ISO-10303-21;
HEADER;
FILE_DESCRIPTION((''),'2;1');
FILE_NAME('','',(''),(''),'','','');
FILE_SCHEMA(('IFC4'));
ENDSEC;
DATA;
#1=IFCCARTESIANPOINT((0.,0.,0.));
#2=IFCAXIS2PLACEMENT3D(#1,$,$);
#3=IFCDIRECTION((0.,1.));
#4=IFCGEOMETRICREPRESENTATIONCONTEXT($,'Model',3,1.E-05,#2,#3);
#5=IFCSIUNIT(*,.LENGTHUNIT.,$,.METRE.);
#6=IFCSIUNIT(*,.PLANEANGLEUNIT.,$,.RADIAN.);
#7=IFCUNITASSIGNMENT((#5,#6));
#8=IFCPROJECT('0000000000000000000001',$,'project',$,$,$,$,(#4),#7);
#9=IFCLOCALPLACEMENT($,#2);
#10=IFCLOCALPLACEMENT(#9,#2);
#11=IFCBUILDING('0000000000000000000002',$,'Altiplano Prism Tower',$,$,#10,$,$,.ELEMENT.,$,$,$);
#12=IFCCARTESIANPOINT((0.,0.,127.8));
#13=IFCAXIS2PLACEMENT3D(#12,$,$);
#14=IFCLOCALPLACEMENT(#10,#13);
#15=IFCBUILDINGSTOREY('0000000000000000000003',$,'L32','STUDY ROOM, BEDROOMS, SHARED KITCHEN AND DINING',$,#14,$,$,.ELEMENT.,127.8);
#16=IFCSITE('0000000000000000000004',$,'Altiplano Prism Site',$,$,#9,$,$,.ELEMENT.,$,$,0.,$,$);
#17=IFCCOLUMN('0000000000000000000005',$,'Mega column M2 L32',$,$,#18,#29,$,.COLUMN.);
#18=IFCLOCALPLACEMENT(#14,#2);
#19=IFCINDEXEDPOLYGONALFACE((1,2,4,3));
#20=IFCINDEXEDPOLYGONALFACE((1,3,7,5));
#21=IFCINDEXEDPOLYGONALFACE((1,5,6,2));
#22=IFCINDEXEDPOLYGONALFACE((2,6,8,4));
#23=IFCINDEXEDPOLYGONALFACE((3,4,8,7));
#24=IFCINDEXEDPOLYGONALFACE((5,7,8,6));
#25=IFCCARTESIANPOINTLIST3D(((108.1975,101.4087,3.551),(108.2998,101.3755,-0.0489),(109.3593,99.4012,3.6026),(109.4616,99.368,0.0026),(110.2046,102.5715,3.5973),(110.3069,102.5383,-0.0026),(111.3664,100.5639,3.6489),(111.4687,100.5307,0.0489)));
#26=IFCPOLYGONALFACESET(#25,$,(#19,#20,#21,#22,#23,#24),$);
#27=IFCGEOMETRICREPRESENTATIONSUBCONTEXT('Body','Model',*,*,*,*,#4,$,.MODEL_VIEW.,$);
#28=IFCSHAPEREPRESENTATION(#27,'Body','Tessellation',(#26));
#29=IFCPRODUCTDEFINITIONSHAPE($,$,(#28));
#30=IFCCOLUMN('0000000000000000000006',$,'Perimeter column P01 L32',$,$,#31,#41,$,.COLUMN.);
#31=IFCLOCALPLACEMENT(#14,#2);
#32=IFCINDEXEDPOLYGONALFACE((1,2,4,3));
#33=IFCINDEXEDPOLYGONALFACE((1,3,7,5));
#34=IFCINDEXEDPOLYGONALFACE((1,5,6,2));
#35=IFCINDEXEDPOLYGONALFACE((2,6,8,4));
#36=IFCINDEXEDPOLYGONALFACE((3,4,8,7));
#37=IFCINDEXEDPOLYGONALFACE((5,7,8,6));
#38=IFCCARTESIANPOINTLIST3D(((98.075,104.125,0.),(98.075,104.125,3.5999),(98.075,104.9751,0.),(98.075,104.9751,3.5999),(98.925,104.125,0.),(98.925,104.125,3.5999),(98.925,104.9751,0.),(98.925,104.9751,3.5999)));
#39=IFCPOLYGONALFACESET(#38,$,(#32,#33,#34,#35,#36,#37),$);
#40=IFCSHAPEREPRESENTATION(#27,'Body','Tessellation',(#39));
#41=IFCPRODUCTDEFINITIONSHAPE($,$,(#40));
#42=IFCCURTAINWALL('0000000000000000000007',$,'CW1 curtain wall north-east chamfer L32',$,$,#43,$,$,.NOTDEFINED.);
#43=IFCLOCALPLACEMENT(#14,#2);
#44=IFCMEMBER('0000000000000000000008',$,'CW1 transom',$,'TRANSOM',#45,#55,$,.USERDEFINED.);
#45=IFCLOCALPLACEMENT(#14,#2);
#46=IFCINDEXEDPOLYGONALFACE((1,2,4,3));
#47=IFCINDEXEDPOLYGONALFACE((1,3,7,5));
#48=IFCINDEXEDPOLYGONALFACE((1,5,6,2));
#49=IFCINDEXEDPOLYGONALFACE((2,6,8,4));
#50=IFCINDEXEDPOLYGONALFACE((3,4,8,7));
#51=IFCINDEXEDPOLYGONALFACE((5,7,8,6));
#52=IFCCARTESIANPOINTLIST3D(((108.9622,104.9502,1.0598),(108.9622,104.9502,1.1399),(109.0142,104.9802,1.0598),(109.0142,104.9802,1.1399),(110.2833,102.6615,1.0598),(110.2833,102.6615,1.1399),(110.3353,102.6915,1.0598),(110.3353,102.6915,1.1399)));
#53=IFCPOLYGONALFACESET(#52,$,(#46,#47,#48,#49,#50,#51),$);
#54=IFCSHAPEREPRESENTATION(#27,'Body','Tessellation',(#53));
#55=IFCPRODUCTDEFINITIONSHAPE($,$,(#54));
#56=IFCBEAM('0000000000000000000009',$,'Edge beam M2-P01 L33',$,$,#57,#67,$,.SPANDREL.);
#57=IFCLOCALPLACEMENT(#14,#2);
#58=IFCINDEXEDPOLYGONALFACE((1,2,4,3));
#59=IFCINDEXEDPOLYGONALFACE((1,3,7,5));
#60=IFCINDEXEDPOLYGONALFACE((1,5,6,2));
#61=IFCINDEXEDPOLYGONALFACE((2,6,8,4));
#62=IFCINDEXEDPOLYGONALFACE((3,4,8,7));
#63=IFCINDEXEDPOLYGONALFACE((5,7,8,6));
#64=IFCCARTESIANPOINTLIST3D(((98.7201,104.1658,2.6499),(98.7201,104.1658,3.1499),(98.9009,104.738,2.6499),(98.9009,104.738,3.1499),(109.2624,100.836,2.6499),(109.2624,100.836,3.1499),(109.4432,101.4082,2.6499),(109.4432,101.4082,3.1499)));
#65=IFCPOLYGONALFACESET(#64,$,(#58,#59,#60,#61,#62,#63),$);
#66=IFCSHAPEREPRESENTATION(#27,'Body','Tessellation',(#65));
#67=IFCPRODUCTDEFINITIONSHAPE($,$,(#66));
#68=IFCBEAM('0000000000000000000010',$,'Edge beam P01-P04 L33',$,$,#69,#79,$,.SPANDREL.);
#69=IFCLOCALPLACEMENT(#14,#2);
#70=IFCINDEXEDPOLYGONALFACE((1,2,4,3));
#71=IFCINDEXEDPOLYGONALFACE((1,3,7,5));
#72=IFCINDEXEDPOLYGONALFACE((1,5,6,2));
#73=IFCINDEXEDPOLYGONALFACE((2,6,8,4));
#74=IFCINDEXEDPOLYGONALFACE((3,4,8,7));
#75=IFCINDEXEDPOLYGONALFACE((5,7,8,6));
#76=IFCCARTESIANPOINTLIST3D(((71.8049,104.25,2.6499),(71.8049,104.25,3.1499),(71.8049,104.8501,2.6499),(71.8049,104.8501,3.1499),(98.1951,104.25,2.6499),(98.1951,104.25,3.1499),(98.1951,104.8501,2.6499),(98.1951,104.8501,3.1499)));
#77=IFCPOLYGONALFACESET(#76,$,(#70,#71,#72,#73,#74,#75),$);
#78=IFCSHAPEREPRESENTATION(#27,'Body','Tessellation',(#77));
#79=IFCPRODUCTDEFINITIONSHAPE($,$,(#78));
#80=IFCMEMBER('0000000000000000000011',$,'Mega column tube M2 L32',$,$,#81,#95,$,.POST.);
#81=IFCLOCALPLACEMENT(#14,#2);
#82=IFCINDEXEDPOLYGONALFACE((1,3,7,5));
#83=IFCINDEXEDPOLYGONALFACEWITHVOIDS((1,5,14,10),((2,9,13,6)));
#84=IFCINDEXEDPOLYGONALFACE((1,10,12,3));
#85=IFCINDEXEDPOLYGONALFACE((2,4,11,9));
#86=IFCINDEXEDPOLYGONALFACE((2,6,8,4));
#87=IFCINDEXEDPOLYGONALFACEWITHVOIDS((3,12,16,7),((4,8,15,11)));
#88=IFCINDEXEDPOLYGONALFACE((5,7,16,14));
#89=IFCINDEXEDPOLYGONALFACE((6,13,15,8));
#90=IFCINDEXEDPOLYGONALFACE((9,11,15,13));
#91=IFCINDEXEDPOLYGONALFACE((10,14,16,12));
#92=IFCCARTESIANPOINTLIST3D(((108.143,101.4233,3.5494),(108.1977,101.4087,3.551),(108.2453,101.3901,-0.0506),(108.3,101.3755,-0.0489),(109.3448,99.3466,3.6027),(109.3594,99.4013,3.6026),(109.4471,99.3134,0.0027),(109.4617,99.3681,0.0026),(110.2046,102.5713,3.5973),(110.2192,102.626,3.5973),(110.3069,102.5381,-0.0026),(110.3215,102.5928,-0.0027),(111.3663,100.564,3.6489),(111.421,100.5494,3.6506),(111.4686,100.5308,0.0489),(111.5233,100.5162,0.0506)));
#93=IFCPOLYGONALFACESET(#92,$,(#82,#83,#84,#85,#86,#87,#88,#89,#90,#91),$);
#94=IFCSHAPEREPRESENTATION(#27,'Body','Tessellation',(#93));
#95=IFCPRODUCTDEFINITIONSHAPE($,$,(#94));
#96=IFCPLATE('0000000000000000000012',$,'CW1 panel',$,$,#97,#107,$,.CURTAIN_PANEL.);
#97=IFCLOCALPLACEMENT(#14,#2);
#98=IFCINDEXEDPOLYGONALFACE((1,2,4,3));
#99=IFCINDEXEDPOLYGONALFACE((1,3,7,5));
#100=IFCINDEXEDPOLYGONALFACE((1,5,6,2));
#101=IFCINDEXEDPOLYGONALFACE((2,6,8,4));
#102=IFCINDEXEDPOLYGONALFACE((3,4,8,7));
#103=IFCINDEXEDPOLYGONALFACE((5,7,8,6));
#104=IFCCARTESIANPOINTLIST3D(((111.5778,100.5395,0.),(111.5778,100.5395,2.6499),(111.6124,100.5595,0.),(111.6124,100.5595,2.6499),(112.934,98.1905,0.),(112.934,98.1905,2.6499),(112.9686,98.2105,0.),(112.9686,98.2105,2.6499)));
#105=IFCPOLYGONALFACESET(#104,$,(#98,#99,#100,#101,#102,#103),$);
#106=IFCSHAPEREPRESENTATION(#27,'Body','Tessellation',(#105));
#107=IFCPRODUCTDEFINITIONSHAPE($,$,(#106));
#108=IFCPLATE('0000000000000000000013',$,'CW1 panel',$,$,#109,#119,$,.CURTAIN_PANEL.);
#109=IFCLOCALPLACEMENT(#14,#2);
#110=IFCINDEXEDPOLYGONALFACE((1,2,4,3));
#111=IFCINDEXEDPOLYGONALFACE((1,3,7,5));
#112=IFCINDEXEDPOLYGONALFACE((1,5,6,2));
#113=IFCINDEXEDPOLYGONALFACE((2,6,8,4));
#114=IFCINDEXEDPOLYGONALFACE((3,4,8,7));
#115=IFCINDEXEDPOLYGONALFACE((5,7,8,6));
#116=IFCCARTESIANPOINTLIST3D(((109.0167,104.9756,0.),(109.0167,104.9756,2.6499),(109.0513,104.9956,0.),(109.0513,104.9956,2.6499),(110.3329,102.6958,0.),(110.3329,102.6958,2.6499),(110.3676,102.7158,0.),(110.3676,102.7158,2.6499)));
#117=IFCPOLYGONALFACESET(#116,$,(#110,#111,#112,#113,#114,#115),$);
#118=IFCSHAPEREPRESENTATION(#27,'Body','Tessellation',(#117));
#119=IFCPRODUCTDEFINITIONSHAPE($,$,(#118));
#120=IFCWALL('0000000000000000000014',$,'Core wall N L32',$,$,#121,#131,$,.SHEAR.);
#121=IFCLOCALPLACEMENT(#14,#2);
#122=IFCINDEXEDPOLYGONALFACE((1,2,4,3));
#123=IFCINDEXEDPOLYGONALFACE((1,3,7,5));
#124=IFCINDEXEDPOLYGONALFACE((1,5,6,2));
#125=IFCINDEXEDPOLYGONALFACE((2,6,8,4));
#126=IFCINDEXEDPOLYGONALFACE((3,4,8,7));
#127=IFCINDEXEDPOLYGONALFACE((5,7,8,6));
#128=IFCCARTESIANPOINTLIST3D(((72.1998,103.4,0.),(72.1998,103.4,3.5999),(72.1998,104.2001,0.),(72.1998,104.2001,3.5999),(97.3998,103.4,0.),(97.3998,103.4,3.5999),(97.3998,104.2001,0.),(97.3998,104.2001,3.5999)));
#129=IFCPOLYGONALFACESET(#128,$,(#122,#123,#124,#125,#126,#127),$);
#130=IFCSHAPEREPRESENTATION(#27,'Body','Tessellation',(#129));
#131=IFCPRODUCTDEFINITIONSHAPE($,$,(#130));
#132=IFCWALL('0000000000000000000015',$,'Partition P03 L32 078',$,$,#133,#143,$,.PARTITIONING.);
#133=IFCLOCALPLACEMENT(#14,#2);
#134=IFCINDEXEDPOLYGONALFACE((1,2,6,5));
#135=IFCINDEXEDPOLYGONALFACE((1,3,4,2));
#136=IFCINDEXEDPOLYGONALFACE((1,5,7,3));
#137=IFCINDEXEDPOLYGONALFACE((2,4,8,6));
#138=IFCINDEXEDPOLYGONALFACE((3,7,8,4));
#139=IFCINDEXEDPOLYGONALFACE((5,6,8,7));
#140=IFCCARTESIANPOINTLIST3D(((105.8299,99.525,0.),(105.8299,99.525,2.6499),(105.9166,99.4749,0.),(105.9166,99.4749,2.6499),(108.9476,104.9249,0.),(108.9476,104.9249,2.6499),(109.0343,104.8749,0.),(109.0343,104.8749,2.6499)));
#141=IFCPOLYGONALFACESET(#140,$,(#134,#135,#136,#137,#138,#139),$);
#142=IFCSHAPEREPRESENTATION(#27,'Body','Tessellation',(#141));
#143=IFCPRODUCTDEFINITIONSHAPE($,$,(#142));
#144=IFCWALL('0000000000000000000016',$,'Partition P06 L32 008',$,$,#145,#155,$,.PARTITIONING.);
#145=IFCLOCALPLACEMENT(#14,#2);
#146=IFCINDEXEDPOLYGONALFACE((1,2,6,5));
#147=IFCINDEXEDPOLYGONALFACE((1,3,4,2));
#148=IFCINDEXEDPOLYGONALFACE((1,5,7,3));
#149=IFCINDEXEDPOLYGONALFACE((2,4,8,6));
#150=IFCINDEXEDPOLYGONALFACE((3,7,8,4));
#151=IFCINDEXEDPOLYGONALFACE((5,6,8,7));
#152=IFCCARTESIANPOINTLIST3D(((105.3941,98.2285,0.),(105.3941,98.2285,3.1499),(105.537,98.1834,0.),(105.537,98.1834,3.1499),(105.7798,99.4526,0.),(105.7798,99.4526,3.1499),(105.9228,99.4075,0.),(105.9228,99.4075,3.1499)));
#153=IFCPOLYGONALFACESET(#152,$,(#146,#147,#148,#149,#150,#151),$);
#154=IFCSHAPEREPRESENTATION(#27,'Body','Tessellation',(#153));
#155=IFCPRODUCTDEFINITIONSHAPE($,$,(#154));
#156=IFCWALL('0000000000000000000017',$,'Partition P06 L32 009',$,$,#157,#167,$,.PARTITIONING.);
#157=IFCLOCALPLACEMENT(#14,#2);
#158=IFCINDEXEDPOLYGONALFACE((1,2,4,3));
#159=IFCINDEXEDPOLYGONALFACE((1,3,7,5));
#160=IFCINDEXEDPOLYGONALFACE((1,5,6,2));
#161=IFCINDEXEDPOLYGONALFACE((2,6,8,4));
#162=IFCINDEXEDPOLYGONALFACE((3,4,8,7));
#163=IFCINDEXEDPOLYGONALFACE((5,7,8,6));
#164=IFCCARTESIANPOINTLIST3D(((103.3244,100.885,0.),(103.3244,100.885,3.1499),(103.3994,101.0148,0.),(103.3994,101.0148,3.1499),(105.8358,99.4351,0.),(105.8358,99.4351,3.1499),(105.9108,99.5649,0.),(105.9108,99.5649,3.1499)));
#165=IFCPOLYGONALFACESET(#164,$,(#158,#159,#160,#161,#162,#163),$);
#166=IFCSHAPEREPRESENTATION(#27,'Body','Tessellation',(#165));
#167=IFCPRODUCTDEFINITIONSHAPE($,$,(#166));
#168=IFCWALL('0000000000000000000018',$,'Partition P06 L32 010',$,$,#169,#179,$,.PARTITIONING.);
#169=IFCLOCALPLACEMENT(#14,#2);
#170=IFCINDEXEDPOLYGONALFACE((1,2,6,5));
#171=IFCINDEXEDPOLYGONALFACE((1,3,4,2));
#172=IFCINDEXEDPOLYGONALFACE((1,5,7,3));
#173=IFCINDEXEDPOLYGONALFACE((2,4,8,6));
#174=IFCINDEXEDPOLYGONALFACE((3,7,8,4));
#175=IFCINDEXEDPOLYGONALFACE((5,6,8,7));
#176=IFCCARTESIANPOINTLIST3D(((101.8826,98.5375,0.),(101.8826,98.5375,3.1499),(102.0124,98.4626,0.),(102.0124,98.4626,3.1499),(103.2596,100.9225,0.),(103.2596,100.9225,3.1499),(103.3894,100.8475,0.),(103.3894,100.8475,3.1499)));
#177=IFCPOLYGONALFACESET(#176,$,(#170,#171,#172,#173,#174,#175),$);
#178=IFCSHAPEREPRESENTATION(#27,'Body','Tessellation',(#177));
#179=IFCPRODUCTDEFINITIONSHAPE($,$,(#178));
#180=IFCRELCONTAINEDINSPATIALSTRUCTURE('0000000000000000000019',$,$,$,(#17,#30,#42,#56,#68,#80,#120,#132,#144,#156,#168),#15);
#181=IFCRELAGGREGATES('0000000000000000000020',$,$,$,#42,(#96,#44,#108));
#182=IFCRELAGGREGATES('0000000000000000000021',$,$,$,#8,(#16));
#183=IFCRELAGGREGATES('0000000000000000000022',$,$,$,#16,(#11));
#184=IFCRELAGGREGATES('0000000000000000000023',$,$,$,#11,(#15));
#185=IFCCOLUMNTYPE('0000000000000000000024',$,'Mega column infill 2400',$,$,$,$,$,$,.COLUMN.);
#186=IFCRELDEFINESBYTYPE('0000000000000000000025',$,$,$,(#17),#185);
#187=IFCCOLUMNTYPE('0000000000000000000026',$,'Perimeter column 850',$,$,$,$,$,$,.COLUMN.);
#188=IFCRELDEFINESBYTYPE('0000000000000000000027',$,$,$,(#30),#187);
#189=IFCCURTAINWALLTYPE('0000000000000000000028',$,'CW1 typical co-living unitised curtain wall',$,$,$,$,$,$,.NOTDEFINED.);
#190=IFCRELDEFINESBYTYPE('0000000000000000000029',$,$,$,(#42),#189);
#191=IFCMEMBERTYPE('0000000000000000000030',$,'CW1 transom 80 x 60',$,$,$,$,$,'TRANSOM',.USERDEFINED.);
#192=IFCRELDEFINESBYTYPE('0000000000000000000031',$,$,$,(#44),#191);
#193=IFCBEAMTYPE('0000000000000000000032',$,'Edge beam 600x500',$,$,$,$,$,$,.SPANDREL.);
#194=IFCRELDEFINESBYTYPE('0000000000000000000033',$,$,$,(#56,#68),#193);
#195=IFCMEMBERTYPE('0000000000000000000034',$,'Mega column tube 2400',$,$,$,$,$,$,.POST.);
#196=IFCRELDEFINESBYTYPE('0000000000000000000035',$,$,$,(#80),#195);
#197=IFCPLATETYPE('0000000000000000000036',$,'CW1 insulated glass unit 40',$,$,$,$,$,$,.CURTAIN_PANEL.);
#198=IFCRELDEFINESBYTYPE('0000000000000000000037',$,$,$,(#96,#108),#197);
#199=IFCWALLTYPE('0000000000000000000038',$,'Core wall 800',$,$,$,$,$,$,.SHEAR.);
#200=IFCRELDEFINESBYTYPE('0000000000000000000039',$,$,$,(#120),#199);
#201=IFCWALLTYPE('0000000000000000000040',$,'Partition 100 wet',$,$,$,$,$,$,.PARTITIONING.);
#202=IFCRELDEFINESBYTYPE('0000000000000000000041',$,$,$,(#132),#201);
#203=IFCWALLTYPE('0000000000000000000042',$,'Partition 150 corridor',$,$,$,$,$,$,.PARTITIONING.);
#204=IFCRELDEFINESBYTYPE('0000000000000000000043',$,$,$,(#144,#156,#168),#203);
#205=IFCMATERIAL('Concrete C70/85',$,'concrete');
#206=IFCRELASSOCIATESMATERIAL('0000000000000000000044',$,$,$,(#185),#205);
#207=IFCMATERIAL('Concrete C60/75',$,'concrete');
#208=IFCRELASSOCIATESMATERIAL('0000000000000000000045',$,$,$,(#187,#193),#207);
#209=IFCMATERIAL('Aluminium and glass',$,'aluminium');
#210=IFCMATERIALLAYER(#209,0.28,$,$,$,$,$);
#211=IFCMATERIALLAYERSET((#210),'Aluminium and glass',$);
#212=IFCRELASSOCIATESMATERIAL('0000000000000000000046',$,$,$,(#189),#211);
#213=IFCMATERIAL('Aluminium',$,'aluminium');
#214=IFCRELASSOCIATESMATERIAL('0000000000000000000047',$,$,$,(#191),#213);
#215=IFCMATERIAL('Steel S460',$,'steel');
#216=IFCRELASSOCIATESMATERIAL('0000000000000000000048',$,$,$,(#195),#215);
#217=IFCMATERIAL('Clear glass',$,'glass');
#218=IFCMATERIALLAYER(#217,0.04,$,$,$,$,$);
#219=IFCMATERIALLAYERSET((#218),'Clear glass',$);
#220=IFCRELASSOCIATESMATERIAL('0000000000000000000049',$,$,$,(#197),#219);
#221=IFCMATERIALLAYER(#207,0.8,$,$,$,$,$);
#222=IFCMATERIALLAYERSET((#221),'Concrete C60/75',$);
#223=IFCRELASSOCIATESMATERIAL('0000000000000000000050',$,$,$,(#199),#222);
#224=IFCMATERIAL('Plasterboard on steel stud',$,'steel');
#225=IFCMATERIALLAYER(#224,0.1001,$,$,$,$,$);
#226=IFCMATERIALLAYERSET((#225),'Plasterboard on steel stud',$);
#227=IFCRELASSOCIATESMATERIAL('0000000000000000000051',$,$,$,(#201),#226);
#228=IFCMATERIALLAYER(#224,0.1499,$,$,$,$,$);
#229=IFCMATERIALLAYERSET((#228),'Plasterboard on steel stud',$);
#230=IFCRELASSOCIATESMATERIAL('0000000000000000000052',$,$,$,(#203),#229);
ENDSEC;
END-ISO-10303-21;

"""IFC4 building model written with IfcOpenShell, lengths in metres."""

from ifc_helpers import new_model, si_unit, direction, frame, frame_2d, origin, origin_2d, place, context, subcontext, project, spatial, rectangle, hollow_rectangle, extrude, material, layer, layer_set, material_profile, profile_set, type_object, element, aggregate, save


model = new_model("IFC4")

# Units and contexts
model_context = context("Model", 3, precision=1e-05, world=origin(), true_north=direction((0.0, 1.0)))
body_context = subcontext(model_context, "Body", "Model", "MODEL_VIEW")
ifc_project = project(units=[si_unit("LENGTHUNIT", "METRE"), si_unit("PLANEANGLEUNIT", "RADIAN")], contexts=[model_context])

# Site, building, storey
site_placement = place(None, origin())
site = spatial("IfcSite", under=ifc_project, at=site_placement, Name="Altiplano Prism Site", CompositionType="ELEMENT", RefElevation=0.0)
building_placement = place(site_placement, origin())
building = spatial("IfcBuilding", under=site, at=building_placement, Name="Altiplano Prism Tower", CompositionType="ELEMENT")
storey_placement = place(building_placement, frame((0.0, 0.0, 127.8)))
storey = spatial("IfcBuildingStorey", under=building, at=storey_placement, Name="L32", Description="STUDY ROOM, BEDROOMS, SHARED KITCHEN AND DINING", CompositionType="ELEMENT", Elevation=127.8)

# Columns
ifc_material_1 = material(Name="Concrete C70/85", Category="concrete")
ifc_material_profile_1 = material_profile(ifc_material_1, rectangle(XDim=2.3201, YDim=2.3201, at=origin_2d()), Name="Mega column infill 2400")
ifc_profile_set_1 = profile_set([ifc_material_profile_1], Name="Concrete C70/85")
column_type_1 = type_object("IfcColumnType", Name="Mega column infill 2400", PredefinedType="COLUMN", material=ifc_profile_set_1)
column_1_placement = place(storey_placement, frame((109.8843, 100.9531, 0.0), z_axis=(-0.028404, 0.009219, 0.999554), x_axis=(0.500765, -0.865298, 0.022211)))
element("IfcColumn", 1, at=column_1_placement, inside=storey, type_object=column_type_1, Name="Mega column M2 L32", PredefinedType="COLUMN", context=body_context, shape_type="SweptSolid", body=[
    extrude(rectangle(XDim=2.3201, YDim=2.3201, at=origin_2d()), origin(), (0.0, 0.0, 1.0), 3.6016),
])
ifc_material_2 = material(Name="Concrete C60/75", Category="concrete")
ifc_material_profile_2 = material_profile(ifc_material_2, rectangle(XDim=0.8501, YDim=0.8501, at=origin_2d()), Name="Perimeter column 850")
ifc_profile_set_2 = profile_set([ifc_material_profile_2], Name="Concrete C60/75")
column_type_2 = type_object("IfcColumnType", Name="Perimeter column 850", PredefinedType="COLUMN", material=ifc_profile_set_2)
column_2_placement = place(storey_placement, frame((98.5, 104.55, 0.0), z_axis=(0.0, 0.0, 1.0), x_axis=(1.0, 0.0, 0.0)))
element("IfcColumn", 2, at=column_2_placement, inside=storey, type_object=column_type_2, Name="Perimeter column P01 L32", PredefinedType="COLUMN", context=body_context, shape_type="SweptSolid", body=[
    extrude(rectangle(XDim=0.8501, YDim=0.8501, at=origin_2d()), origin(), (0.0, 0.0, 1.0), 3.5999),
])

# Curtain wall, member
ifc_material_3 = material(Name="Aluminium and glass", Category="aluminium")
ifc_layer_1 = layer(ifc_material_3, 0.28)
ifc_layer_set_1 = layer_set([ifc_layer_1], Name="Aluminium and glass")
curtain_wall_type = type_object("IfcCurtainWallType", Name="CW1 typical co-living unitised curtain wall", PredefinedType="NOTDEFINED", material=ifc_layer_set_1)
curtain_wall_placement = place(storey_placement, origin())
curtain_wall = element("IfcCurtainWall", 3, at=curtain_wall_placement, inside=storey, type_object=curtain_wall_type, Name="CW1 curtain wall north-east chamfer L32", PredefinedType="NOTDEFINED")
ifc_material_4 = material(Name="Aluminium", Category="aluminium")
ifc_material_profile_3 = material_profile(ifc_material_4, rectangle(XDim=0.0601, YDim=0.0801, at=origin_2d()), Name="CW1 transom 80 x 60")
ifc_profile_set_3 = profile_set([ifc_material_profile_3], Name="Aluminium")
member_type_1 = type_object("IfcMemberType", Name="CW1 transom 80 x 60", ElementType="TRANSOM", PredefinedType="USERDEFINED", material=ifc_profile_set_3)
member_1_placement = place(storey_placement, frame((110.3093, 102.6765, 1.0999), z_axis=(-0.499925, 0.866069, 0.0), x_axis=(-0.866069, -0.499925, 0.0)))
member_1 = element("IfcMember", 4, at=member_1_placement, type_object=member_type_1, Name="CW1 transom", ObjectType="TRANSOM", PredefinedType="USERDEFINED", context=body_context, shape_type="SweptSolid", body=[
    extrude(rectangle(XDim=0.0601, YDim=0.0801, at=origin_2d()), origin(), (0.0, 0.0, 1.0), 2.6426),
])

# Beams
ifc_material_profile_4 = material_profile(ifc_material_2, rectangle(XDim=0.6001, YDim=0.5, at=origin_2d()), Name="Edge beam 600x500")
ifc_profile_set_4 = profile_set([ifc_material_profile_4], Name="Concrete C60/75")
beam_type = type_object("IfcBeamType", Name="Edge beam 600x500", PredefinedType="SPANDREL", material=ifc_profile_set_4)
beam_1_placement = place(storey_placement, frame((109.3528, 101.1221, 2.8999), z_axis=(-0.953564, 0.301189, 0.0), x_axis=(-0.301189, -0.953564, 0.0)))
element("IfcBeam", 5, at=beam_1_placement, inside=storey, type_object=beam_type, Name="Edge beam M2-P01 L33", PredefinedType="SPANDREL", context=body_context, shape_type="SweptSolid", body=[
    extrude(rectangle(XDim=0.6001, YDim=0.5, at=origin_2d()), origin(), (0.0, 0.0, 1.0), 11.0557),
])
beam_2_placement = place(storey_placement, frame((98.1951, 104.55, 2.8999), z_axis=(-1.0, 0.0, 0.0), x_axis=(0.0, -1.0, 0.0)))
element("IfcBeam", 6, at=beam_2_placement, inside=storey, type_object=beam_type, Name="Edge beam P01-P04 L33", PredefinedType="SPANDREL", context=body_context, shape_type="SweptSolid", body=[
    extrude(rectangle(XDim=0.6001, YDim=0.5, at=origin_2d()), origin(), (0.0, 0.0, 1.0), 26.3901),
])

# Member
ifc_material_5 = material(Name="Steel S460", Category="steel")
ifc_material_profile_5 = material_profile(ifc_material_5, hollow_rectangle(XDim=2.3999, YDim=2.3999, WallThickness=0.04, at=origin_2d()), Name="Mega column tube 2400")
ifc_profile_set_5 = profile_set([ifc_material_profile_5], Name="Steel S460")
member_type_2 = type_object("IfcMemberType", Name="Mega column tube 2400", PredefinedType="POST", material=ifc_profile_set_5)
member_2_placement = place(storey_placement, frame((109.8843, 100.9531, 0.0), z_axis=(-0.028404, 0.009219, 0.999554), x_axis=(0.500765, -0.865298, 0.022211)))
element("IfcMember", 7, at=member_2_placement, inside=storey, type_object=member_type_2, Name="Mega column tube M2 L32", PredefinedType="POST", context=body_context, shape_type="SweptSolid", body=[
    extrude(hollow_rectangle(XDim=2.3999, YDim=2.3999, WallThickness=0.04, at=origin_2d()), origin(), (0.0, 0.0, 1.0), 3.6016),
])

# Plates
ifc_material_6 = material(Name="Clear glass", Category="glass")
ifc_layer_2 = layer(ifc_material_6, 0.04)
ifc_layer_set_2 = layer_set([ifc_layer_2], Name="Clear glass")
plate_type = type_object("IfcPlateType", Name="CW1 insulated glass unit 40", PredefinedType="CURTAIN_PANEL", material=ifc_layer_set_2)
plate_1_placement = place(storey_placement, frame((112.2732, 99.375, 0.0), z_axis=(0.0, 0.0, 1.0), x_axis=(-0.5, 0.866025, 0.0)))
plate_1 = element("IfcPlate", 8, at=plate_1_placement, type_object=plate_type, Name="CW1 panel", PredefinedType="CURTAIN_PANEL", context=body_context, shape_type="SweptSolid", body=[
    extrude(rectangle(XDim=2.7124, YDim=0.04, at=origin_2d()), origin(), (0.0, 0.0, 1.0), 2.6499),
])
plate_2_placement = place(storey_placement, frame((109.6921, 103.8457, 0.0), z_axis=(0.0, 0.0, 1.0), x_axis=(-0.5, 0.866025, 0.0)))
plate_2 = element("IfcPlate", 9, at=plate_2_placement, type_object=plate_type, Name="CW1 panel", PredefinedType="CURTAIN_PANEL", context=body_context, shape_type="SweptSolid", body=[
    extrude(rectangle(XDim=2.6326, YDim=0.04, at=origin_2d()), origin(), (0.0, 0.0, 1.0), 2.6499),
])
aggregate(curtain_wall, [plate_1, member_1, plate_2])

# Walls
ifc_layer_3 = layer(ifc_material_2, 0.8)
ifc_layer_set_3 = layer_set([ifc_layer_3], Name="Concrete C60/75")
wall_type_1 = type_object("IfcWallType", Name="Core wall 800", PredefinedType="SHEAR", material=ifc_layer_set_3)
wall_1_placement = place(storey_placement, frame((97.3999, 103.8, 0.0), z_axis=(0.0, 0.0, 1.0), x_axis=(-1.0, 0.0, 0.0)))
element("IfcWall", 10, at=wall_1_placement, inside=storey, type_object=wall_type_1, Name="Core wall N L32", PredefinedType="SHEAR", context=body_context, shape_type="SweptSolid", body=[
    extrude(rectangle(XDim=25.2, YDim=0.8, at=frame_2d((12.6001, 0.0))), origin(), (0.0, 0.0, 1.0), 3.5999),
])
ifc_material_7 = material(Name="Plasterboard on steel stud", Category="steel")
ifc_layer_4 = layer(ifc_material_7, 0.1001)
ifc_layer_set_4 = layer_set([ifc_layer_4], Name="Plasterboard on steel stud")
wall_type_2 = type_object("IfcWallType", Name="Partition 100 wet", PredefinedType="PARTITIONING", material=ifc_layer_set_4)
wall_2_placement = place(storey_placement, frame((108.991, 104.8999, 0.0), z_axis=(0.0, 0.0, 1.0), x_axis=(-0.500005, -0.866023, 0.0)))
element("IfcWall", 11, at=wall_2_placement, inside=storey, type_object=wall_type_2, Name="Partition P03 L32 078", PredefinedType="PARTITIONING", context=body_context, shape_type="SweptSolid", body=[
    extrude(rectangle(XDim=6.2354, YDim=0.1001, at=frame_2d((3.1177, 0.0))), origin(), (0.0, 0.0, 1.0), 2.6499),
])
ifc_layer_5 = layer(ifc_material_7, 0.1499)
ifc_layer_set_5 = layer_set([ifc_layer_5], Name="Plasterboard on steel stud")
wall_type_3 = type_object("IfcWallType", Name="Partition 150 corridor", PredefinedType="PARTITIONING", material=ifc_layer_set_5)
wall_3_placement = place(storey_placement, frame((105.4656, 98.2061, 0.0), z_axis=(0.0, 0.0, 1.0), x_axis=(0.300549, 0.953766, 0.0)))
element("IfcWall", 12, at=wall_3_placement, inside=storey, type_object=wall_type_3, Name="Partition P06 L32 008", PredefinedType="PARTITIONING", context=body_context, shape_type="SweptSolid", body=[
    extrude(rectangle(XDim=1.2834, YDim=0.1499, at=frame_2d((0.6416, 0.0))), origin(), (0.0, 0.0, 1.0), 3.1499),
])
wall_4_placement = place(storey_placement, frame((105.8733, 99.5, 0.0), z_axis=(0.0, 0.0, 1.0), x_axis=(-0.866033, 0.499987, 0.0)))
element("IfcWall", 13, at=wall_4_placement, inside=storey, type_object=wall_type_3, Name="Partition P06 L32 009", PredefinedType="PARTITIONING", context=body_context, shape_type="SweptSolid", body=[
    extrude(rectangle(XDim=2.8999, YDim=0.1499, at=frame_2d((1.45, 0.0))), origin(), (0.0, 0.0, 1.0), 3.1499),
])
wall_5_placement = place(storey_placement, frame((103.3245, 100.885, 0.0), z_axis=(0.0, 0.0, 1.0), x_axis=(-0.499991, -0.866031, 0.0)))
element("IfcWall", 14, at=wall_5_placement, inside=storey, type_object=wall_type_3, Name="Partition P06 L32 010", PredefinedType="PARTITIONING", context=body_context, shape_type="SweptSolid", body=[
    extrude(rectangle(XDim=2.7539, YDim=0.1499, at=frame_2d((1.377, 0.0))), origin(), (0.0, 0.0, 1.0), 3.1499),
])

save(model, "model.ifc")
